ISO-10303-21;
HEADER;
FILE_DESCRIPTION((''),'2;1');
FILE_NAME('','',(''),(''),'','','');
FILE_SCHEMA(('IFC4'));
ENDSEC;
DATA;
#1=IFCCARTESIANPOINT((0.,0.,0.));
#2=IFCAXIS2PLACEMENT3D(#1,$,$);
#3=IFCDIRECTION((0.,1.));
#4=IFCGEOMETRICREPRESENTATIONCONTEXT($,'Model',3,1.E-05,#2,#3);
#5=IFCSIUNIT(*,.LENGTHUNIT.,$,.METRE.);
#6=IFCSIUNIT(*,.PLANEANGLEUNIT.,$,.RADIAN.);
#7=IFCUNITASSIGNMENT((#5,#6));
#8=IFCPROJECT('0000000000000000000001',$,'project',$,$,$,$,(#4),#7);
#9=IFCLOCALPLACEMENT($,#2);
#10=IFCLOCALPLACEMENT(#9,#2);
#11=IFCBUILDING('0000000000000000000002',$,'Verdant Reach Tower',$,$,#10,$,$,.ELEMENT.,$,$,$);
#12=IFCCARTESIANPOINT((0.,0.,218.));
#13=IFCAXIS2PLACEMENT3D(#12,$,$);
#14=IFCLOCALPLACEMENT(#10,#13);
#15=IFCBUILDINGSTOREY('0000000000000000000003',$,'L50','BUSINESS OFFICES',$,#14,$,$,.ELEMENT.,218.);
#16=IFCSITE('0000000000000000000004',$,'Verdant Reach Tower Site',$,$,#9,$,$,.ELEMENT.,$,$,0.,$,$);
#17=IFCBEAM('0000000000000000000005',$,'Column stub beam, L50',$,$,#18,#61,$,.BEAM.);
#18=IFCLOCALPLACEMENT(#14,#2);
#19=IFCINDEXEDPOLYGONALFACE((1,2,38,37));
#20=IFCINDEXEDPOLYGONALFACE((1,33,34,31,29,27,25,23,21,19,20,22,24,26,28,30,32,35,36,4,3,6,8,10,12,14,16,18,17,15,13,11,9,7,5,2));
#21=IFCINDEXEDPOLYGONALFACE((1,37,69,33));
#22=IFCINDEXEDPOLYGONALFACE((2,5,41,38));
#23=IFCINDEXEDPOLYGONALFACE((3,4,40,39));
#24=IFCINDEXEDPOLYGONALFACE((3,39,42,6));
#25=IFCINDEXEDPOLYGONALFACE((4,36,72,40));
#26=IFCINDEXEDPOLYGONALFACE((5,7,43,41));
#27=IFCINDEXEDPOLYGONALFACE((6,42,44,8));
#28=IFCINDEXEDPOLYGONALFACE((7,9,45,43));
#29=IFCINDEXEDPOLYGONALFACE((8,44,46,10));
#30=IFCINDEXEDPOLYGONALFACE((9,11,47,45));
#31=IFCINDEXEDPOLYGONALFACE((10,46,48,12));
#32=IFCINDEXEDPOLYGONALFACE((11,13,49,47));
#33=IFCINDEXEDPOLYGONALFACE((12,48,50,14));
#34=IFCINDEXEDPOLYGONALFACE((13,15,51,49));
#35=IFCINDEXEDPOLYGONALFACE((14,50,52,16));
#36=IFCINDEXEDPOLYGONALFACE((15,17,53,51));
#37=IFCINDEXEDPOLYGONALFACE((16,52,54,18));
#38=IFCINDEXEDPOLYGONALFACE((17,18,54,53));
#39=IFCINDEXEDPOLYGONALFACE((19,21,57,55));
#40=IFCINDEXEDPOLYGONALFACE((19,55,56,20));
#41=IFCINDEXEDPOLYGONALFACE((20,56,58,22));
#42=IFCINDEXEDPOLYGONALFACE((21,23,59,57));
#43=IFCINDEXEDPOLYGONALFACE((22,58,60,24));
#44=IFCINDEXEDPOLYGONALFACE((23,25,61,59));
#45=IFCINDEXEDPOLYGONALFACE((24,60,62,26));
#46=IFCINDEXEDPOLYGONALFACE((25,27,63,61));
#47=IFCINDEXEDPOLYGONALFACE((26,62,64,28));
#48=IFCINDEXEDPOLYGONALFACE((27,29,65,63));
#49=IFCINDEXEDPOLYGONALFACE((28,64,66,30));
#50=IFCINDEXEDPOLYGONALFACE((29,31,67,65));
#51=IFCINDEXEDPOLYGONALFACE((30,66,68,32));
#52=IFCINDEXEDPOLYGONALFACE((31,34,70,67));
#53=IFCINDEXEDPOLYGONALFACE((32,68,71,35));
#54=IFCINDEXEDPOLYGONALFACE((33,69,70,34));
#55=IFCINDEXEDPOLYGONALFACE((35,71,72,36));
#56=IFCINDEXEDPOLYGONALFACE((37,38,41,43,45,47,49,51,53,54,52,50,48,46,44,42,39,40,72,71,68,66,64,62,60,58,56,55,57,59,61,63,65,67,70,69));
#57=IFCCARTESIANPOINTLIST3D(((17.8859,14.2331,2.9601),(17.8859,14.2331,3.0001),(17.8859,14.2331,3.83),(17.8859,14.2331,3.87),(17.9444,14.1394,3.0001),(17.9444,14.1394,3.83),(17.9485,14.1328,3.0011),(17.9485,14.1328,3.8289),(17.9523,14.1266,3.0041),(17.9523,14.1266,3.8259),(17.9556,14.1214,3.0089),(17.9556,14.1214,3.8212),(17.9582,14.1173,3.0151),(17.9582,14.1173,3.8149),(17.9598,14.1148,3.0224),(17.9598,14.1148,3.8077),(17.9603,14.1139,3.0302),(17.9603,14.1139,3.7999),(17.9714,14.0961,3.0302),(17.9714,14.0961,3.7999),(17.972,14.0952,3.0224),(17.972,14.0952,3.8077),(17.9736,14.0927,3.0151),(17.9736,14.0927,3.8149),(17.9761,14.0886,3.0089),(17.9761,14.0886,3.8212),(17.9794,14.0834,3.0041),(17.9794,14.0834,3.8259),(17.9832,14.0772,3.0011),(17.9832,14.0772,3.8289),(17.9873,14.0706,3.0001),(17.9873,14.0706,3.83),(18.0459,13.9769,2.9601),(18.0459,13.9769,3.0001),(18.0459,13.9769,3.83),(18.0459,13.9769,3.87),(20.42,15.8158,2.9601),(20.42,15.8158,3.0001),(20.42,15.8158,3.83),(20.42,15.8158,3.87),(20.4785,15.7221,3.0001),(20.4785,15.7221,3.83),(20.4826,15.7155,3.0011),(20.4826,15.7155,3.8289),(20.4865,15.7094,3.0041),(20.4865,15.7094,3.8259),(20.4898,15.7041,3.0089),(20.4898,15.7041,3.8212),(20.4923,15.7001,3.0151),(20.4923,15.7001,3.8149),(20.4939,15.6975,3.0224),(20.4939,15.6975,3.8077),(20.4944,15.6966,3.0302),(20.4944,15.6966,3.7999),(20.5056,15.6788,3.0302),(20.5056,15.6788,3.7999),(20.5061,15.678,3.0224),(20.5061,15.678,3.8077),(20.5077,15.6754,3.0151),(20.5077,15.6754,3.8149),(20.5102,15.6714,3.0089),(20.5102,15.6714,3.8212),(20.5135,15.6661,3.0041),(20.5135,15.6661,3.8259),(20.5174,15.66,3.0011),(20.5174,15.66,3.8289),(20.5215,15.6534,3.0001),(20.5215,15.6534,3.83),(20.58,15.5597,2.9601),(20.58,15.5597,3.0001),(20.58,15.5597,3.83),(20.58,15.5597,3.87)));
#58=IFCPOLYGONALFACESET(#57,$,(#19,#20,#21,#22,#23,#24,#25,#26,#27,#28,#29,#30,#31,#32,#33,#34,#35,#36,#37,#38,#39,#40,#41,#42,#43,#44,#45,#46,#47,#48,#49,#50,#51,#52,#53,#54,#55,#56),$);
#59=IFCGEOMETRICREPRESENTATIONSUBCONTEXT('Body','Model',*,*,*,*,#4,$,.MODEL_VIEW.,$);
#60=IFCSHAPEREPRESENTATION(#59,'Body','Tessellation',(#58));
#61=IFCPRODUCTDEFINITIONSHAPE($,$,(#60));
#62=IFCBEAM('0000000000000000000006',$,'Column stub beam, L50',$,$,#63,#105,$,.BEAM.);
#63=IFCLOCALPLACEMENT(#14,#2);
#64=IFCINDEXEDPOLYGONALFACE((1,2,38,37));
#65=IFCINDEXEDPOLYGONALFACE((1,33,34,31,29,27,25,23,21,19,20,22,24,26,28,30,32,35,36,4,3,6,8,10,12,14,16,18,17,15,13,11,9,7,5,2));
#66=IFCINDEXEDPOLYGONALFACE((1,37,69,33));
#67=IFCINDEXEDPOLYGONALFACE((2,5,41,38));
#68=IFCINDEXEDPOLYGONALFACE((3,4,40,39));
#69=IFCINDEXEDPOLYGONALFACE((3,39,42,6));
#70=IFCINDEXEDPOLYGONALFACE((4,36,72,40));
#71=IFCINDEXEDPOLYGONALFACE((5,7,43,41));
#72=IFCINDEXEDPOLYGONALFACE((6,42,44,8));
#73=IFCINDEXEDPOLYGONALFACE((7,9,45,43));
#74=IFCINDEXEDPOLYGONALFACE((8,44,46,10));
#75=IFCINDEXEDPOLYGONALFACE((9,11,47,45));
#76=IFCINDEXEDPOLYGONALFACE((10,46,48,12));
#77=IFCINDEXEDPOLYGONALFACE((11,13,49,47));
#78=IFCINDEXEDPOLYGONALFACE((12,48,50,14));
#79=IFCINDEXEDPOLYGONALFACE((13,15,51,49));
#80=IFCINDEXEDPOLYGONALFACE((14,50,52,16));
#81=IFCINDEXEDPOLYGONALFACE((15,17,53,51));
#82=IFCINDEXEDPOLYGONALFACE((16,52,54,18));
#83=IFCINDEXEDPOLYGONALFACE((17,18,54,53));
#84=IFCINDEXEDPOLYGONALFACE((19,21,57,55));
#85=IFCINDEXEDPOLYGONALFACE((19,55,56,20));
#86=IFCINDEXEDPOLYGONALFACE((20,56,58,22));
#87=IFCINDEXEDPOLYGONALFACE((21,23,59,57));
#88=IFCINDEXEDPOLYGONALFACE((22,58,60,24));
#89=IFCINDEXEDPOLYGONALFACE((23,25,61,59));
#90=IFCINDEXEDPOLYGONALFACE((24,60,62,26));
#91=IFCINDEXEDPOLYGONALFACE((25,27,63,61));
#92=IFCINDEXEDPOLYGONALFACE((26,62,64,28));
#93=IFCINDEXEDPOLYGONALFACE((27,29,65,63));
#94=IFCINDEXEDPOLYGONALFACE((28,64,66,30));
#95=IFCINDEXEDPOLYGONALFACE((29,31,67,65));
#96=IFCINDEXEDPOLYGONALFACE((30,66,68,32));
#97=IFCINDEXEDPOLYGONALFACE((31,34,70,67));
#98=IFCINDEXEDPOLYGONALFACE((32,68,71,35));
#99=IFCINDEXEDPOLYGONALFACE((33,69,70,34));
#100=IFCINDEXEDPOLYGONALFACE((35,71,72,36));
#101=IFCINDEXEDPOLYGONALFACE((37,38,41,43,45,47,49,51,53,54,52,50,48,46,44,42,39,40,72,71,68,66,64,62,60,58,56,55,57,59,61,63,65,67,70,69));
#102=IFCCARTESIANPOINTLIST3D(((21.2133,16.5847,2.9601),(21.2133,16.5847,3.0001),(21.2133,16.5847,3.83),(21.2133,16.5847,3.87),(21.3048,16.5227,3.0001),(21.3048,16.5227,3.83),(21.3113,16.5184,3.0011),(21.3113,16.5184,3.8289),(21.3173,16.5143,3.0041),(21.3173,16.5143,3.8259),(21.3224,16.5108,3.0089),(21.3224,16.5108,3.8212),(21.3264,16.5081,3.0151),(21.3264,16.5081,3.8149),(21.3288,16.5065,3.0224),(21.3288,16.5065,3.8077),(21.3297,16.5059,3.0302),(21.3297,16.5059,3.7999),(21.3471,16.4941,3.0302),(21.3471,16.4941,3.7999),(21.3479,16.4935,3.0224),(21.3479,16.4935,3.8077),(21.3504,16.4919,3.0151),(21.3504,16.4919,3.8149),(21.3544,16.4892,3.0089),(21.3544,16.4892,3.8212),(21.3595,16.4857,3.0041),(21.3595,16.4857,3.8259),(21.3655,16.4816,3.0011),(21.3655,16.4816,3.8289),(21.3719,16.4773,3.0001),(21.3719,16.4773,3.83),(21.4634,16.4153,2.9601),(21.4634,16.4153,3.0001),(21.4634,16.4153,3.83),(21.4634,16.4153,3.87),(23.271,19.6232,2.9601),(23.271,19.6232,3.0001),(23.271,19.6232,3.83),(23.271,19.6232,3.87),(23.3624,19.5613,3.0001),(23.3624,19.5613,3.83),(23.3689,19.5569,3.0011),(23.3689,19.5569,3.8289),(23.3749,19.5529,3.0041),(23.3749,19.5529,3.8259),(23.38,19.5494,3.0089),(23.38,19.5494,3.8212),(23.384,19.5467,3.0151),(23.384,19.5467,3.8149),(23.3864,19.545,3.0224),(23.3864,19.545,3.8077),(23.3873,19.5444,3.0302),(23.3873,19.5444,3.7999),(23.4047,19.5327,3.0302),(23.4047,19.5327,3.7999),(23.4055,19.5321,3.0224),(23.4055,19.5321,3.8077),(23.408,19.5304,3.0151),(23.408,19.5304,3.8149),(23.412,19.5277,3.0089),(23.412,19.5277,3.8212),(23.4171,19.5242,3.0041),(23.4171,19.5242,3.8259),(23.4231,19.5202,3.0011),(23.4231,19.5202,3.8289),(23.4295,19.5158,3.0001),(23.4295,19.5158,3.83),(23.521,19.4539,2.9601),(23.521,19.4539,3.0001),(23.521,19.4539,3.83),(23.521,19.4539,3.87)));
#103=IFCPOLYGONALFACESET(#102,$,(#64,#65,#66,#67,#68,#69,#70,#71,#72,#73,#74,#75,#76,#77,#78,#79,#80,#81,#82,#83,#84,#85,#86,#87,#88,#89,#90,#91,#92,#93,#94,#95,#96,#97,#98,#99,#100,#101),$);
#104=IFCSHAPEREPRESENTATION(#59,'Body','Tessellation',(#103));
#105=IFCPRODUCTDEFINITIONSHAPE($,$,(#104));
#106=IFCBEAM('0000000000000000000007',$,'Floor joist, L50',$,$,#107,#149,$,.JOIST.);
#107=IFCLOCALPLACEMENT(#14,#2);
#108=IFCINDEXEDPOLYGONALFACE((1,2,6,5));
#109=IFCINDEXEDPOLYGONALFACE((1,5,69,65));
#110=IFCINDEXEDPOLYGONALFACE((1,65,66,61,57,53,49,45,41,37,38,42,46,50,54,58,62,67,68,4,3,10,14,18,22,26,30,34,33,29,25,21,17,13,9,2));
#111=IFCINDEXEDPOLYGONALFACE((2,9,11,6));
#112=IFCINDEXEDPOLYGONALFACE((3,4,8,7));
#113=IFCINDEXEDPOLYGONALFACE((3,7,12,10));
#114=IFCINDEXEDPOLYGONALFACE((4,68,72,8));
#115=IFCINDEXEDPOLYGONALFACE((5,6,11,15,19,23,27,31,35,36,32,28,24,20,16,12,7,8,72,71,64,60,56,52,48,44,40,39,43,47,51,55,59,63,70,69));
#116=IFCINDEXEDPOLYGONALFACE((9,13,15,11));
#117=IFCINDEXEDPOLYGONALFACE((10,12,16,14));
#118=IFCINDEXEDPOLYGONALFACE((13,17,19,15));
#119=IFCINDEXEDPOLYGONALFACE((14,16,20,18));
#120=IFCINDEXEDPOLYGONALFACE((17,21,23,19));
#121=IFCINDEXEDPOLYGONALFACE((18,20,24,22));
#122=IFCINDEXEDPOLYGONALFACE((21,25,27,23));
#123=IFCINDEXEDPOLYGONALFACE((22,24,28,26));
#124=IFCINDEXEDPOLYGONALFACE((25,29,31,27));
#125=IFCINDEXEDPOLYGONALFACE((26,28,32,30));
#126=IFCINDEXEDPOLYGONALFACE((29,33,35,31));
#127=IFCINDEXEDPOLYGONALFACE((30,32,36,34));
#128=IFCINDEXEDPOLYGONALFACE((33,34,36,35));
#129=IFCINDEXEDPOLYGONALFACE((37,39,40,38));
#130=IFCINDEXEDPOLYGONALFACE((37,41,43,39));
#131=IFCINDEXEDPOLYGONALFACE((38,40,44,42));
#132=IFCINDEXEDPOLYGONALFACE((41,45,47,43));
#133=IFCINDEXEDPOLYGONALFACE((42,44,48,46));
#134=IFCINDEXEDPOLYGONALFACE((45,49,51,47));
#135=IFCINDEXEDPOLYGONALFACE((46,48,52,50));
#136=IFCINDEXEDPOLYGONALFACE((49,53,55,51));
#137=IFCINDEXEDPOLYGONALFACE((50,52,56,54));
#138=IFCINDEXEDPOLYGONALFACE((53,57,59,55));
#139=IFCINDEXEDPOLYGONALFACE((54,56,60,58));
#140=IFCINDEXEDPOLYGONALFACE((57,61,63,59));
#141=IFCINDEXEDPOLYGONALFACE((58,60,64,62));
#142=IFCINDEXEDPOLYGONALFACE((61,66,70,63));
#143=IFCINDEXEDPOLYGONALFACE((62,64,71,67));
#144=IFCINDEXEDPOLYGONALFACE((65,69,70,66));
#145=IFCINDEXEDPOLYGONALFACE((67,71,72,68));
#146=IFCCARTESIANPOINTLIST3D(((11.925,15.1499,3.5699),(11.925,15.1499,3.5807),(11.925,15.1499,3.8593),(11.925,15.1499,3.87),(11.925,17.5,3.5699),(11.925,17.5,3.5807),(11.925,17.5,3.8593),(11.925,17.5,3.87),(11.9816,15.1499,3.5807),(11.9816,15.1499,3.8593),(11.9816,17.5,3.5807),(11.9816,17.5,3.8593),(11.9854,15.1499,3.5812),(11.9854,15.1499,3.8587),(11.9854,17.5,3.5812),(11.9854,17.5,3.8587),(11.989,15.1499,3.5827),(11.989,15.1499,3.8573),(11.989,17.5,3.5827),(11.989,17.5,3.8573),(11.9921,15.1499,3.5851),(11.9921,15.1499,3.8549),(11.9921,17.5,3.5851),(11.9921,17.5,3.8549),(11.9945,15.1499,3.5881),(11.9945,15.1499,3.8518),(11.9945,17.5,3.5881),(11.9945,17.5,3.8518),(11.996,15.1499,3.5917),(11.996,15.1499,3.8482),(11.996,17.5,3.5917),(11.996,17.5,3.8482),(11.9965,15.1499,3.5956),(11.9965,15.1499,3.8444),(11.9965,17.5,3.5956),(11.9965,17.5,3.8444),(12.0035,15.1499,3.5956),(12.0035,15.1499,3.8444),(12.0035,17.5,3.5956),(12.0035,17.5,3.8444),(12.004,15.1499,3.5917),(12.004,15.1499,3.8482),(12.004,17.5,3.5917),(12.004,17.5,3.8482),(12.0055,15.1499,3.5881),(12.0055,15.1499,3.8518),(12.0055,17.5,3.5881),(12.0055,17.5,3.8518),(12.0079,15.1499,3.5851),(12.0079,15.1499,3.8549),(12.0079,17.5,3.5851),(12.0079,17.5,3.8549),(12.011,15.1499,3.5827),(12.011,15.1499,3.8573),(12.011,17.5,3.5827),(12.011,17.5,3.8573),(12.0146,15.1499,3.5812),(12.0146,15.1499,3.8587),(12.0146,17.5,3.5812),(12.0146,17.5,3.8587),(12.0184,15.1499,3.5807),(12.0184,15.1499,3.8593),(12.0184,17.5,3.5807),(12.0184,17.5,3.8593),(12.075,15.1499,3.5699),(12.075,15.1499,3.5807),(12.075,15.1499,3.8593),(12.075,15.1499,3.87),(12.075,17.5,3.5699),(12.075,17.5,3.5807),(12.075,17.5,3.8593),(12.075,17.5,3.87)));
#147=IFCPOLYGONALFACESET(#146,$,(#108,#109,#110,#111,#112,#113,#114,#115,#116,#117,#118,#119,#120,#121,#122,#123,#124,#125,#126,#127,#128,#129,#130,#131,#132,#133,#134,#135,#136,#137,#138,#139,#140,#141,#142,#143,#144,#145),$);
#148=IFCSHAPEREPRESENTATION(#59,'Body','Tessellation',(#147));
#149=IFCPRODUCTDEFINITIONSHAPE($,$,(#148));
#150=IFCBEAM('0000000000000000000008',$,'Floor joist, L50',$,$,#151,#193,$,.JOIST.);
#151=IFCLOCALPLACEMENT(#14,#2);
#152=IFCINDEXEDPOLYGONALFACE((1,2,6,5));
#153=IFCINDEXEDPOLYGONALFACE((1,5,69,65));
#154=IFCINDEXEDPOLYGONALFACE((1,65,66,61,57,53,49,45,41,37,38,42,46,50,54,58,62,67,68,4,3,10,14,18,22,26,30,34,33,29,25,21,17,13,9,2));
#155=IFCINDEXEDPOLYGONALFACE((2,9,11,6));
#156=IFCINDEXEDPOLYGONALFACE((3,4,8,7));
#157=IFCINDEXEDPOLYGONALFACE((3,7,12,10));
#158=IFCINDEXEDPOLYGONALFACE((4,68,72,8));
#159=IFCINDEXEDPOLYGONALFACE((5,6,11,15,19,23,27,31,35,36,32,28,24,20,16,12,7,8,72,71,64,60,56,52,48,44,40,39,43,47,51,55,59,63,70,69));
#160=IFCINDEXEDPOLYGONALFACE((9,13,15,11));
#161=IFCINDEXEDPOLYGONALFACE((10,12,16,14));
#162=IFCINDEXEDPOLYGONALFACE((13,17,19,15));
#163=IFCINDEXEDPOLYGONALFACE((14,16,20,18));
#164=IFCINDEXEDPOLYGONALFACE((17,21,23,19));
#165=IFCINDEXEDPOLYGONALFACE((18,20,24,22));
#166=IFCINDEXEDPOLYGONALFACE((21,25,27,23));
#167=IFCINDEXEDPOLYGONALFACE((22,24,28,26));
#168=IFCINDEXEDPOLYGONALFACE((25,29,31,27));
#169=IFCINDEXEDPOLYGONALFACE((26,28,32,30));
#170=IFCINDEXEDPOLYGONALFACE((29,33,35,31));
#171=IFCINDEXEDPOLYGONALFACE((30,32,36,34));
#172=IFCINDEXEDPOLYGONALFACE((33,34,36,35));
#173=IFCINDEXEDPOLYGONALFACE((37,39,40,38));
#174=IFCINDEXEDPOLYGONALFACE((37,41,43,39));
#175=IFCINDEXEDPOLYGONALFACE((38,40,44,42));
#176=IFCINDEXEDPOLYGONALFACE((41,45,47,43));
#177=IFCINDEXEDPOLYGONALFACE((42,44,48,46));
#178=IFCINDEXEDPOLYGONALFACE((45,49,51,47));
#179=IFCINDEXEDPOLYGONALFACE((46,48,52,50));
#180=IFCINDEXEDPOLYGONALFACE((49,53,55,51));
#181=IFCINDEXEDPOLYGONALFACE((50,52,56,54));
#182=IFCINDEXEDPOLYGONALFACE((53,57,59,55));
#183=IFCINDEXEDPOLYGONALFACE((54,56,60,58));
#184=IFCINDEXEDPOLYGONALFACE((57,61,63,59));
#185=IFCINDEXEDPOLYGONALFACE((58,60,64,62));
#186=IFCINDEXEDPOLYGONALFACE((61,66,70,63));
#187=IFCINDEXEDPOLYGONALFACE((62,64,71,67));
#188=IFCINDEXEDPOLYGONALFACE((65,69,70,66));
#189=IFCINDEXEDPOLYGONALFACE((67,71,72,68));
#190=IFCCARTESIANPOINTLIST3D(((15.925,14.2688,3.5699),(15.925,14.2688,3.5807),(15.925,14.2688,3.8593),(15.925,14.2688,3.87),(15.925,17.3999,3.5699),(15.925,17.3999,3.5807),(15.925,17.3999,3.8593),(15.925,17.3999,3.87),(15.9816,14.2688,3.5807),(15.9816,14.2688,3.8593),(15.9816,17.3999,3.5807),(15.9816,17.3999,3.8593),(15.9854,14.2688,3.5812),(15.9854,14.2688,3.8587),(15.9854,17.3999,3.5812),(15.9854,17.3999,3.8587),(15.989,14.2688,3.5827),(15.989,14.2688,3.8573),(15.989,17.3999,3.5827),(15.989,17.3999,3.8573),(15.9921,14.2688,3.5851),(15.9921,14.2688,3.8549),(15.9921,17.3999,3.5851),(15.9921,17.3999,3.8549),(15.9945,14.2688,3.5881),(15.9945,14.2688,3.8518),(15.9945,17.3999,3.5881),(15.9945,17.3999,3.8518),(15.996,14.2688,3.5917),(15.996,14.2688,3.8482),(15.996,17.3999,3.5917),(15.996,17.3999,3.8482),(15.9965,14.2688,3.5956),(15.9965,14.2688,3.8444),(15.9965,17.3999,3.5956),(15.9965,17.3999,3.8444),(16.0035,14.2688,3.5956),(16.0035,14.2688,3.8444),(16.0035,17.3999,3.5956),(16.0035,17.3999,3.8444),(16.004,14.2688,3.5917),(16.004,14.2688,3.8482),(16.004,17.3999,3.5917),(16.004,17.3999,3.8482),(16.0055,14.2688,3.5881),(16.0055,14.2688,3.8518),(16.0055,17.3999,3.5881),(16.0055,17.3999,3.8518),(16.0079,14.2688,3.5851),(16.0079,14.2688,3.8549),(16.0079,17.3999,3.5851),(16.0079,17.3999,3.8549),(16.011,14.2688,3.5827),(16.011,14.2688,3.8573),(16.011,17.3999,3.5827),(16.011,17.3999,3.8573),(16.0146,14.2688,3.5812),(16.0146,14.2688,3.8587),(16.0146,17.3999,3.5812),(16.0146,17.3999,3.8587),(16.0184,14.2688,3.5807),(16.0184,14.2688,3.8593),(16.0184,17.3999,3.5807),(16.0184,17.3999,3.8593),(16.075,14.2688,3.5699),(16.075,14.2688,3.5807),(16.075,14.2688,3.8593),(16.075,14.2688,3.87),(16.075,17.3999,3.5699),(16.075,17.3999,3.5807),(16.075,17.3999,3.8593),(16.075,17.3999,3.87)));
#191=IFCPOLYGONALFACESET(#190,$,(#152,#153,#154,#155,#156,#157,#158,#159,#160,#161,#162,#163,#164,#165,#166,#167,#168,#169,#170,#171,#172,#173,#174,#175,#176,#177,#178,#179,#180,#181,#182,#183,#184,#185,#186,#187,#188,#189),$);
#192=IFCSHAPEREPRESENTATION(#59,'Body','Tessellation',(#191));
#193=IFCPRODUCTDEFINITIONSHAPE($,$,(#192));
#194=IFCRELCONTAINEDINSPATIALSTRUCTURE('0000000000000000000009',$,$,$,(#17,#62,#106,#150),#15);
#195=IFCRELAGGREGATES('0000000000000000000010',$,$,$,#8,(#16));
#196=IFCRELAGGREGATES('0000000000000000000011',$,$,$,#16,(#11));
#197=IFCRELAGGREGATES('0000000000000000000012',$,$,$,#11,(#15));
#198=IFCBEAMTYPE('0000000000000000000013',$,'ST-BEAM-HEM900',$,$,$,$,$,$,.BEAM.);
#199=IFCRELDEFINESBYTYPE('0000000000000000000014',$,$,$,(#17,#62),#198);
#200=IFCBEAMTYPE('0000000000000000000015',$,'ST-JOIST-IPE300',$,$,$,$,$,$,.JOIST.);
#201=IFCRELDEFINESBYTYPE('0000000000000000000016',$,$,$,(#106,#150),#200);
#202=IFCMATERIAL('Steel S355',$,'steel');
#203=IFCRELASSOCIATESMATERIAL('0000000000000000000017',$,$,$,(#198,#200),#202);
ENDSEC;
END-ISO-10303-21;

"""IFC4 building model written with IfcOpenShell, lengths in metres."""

from ifc_helpers import new_model, si_unit, direction, frame, origin, origin_2d, place, context, subcontext, project, spatial, i_section, extrude, material, material_profile, profile_set, type_object, element, save


model = new_model("IFC4")

# Units and contexts
model_context = context("Model", 3, precision=1e-05, world=origin(), true_north=direction((0.0, 1.0)))
body_context = subcontext(model_context, "Body", "Model", "MODEL_VIEW")
ifc_project = project(units=[si_unit("LENGTHUNIT", "METRE"), si_unit("PLANEANGLEUNIT", "RADIAN")], contexts=[model_context])

# Site, building, storey
site_placement = place(None, origin())
site = spatial("IfcSite", under=ifc_project, at=site_placement, Name="Verdant Reach Tower Site", CompositionType="ELEMENT", RefElevation=0.0)
building_placement = place(site_placement, origin())
building = spatial("IfcBuilding", under=site, at=building_placement, Name="Verdant Reach Tower", CompositionType="ELEMENT")
storey_placement = place(building_placement, frame((0.0, 0.0, 218.0)))
storey = spatial("IfcBuildingStorey", under=building, at=storey_placement, Name="L50", Description="BUSINESS OFFICES", CompositionType="ELEMENT", Elevation=218.0)

# Beams
ifc_material_1 = material(Name="Steel S355", Category="steel")
ifc_material_profile_1 = material_profile(ifc_material_1, i_section(OverallWidth=0.302, OverallDepth=0.9099, WebThickness=0.021, FlangeThickness=0.04, FilletRadius=0.03, at=origin_2d()), Name="HEM 900")
ifc_profile_set_1 = profile_set([ifc_material_profile_1], Name="Steel S355")
beam_type_1 = type_object("IfcBeamType", Name="ST-BEAM-HEM900", PredefinedType="BEAM", material=ifc_profile_set_1)
beam_1_placement = place(storey_placement, frame((20.5, 15.6877, 3.415), z_axis=(-0.848164, -0.529735, 0.0), x_axis=(0.529735, -0.848164, 0.0)))
element("IfcBeam", 1, at=beam_1_placement, inside=storey, type_object=beam_type_1, Name="Column stub beam, L50", PredefinedType="BEAM", context=body_context, shape_type="SweptSolid", body=[
    extrude(i_section(OverallWidth=0.302, OverallDepth=0.9099, WebThickness=0.021, FlangeThickness=0.04, FilletRadius=0.03, at=origin_2d()), origin(), (0.0, 0.0, 1.0), 2.9878),
])
beam_2_placement = place(storey_placement, frame((21.3384, 16.5, 3.415), z_axis=(0.560704, 0.828016, 0.0), x_axis=(-0.828016, 0.560704, 0.0)))
element("IfcBeam", 2, at=beam_2_placement, inside=storey, type_object=beam_type_1, Name="Column stub beam, L50", PredefinedType="BEAM", context=body_context, shape_type="SweptSolid", body=[
    extrude(i_section(OverallWidth=0.302, OverallDepth=0.9099, WebThickness=0.021, FlangeThickness=0.04, FilletRadius=0.03, at=origin_2d()), origin(), (0.0, 0.0, 1.0), 3.6697),
])
ifc_material_profile_2 = material_profile(ifc_material_1, i_section(OverallWidth=0.1499, OverallDepth=0.3, WebThickness=0.0071, FlangeThickness=0.0107, FilletRadius=0.0149, at=origin_2d()), Name="IPE 300")
ifc_profile_set_2 = profile_set([ifc_material_profile_2], Name="Steel S355")
beam_type_2 = type_object("IfcBeamType", Name="ST-JOIST-IPE300", PredefinedType="JOIST", material=ifc_profile_set_2)
beam_3_placement = place(storey_placement, frame((12.0, 17.5, 3.72), z_axis=(0.0, -1.0, 0.0), x_axis=(1.0, 0.0, 0.0)))
element("IfcBeam", 3, at=beam_3_placement, inside=storey, type_object=beam_type_2, Name="Floor joist, L50", PredefinedType="JOIST", context=body_context, shape_type="SweptSolid", body=[
    extrude(i_section(OverallWidth=0.1499, OverallDepth=0.3, WebThickness=0.0071, FlangeThickness=0.0107, FilletRadius=0.0149, at=origin_2d()), origin(), (0.0, 0.0, 1.0), 2.3501),
])
beam_4_placement = place(storey_placement, frame((16.0, 17.3999, 3.72), z_axis=(0.0, -1.0, 0.0), x_axis=(1.0, 0.0, 0.0)))
element("IfcBeam", 4, at=beam_4_placement, inside=storey, type_object=beam_type_2, Name="Floor joist, L50", PredefinedType="JOIST", context=body_context, shape_type="SweptSolid", body=[
    extrude(i_section(OverallWidth=0.1499, OverallDepth=0.3, WebThickness=0.0071, FlangeThickness=0.0107, FilletRadius=0.0149, at=origin_2d()), origin(), (0.0, 0.0, 1.0), 3.1311),
])

save(model, "model.ifc")
